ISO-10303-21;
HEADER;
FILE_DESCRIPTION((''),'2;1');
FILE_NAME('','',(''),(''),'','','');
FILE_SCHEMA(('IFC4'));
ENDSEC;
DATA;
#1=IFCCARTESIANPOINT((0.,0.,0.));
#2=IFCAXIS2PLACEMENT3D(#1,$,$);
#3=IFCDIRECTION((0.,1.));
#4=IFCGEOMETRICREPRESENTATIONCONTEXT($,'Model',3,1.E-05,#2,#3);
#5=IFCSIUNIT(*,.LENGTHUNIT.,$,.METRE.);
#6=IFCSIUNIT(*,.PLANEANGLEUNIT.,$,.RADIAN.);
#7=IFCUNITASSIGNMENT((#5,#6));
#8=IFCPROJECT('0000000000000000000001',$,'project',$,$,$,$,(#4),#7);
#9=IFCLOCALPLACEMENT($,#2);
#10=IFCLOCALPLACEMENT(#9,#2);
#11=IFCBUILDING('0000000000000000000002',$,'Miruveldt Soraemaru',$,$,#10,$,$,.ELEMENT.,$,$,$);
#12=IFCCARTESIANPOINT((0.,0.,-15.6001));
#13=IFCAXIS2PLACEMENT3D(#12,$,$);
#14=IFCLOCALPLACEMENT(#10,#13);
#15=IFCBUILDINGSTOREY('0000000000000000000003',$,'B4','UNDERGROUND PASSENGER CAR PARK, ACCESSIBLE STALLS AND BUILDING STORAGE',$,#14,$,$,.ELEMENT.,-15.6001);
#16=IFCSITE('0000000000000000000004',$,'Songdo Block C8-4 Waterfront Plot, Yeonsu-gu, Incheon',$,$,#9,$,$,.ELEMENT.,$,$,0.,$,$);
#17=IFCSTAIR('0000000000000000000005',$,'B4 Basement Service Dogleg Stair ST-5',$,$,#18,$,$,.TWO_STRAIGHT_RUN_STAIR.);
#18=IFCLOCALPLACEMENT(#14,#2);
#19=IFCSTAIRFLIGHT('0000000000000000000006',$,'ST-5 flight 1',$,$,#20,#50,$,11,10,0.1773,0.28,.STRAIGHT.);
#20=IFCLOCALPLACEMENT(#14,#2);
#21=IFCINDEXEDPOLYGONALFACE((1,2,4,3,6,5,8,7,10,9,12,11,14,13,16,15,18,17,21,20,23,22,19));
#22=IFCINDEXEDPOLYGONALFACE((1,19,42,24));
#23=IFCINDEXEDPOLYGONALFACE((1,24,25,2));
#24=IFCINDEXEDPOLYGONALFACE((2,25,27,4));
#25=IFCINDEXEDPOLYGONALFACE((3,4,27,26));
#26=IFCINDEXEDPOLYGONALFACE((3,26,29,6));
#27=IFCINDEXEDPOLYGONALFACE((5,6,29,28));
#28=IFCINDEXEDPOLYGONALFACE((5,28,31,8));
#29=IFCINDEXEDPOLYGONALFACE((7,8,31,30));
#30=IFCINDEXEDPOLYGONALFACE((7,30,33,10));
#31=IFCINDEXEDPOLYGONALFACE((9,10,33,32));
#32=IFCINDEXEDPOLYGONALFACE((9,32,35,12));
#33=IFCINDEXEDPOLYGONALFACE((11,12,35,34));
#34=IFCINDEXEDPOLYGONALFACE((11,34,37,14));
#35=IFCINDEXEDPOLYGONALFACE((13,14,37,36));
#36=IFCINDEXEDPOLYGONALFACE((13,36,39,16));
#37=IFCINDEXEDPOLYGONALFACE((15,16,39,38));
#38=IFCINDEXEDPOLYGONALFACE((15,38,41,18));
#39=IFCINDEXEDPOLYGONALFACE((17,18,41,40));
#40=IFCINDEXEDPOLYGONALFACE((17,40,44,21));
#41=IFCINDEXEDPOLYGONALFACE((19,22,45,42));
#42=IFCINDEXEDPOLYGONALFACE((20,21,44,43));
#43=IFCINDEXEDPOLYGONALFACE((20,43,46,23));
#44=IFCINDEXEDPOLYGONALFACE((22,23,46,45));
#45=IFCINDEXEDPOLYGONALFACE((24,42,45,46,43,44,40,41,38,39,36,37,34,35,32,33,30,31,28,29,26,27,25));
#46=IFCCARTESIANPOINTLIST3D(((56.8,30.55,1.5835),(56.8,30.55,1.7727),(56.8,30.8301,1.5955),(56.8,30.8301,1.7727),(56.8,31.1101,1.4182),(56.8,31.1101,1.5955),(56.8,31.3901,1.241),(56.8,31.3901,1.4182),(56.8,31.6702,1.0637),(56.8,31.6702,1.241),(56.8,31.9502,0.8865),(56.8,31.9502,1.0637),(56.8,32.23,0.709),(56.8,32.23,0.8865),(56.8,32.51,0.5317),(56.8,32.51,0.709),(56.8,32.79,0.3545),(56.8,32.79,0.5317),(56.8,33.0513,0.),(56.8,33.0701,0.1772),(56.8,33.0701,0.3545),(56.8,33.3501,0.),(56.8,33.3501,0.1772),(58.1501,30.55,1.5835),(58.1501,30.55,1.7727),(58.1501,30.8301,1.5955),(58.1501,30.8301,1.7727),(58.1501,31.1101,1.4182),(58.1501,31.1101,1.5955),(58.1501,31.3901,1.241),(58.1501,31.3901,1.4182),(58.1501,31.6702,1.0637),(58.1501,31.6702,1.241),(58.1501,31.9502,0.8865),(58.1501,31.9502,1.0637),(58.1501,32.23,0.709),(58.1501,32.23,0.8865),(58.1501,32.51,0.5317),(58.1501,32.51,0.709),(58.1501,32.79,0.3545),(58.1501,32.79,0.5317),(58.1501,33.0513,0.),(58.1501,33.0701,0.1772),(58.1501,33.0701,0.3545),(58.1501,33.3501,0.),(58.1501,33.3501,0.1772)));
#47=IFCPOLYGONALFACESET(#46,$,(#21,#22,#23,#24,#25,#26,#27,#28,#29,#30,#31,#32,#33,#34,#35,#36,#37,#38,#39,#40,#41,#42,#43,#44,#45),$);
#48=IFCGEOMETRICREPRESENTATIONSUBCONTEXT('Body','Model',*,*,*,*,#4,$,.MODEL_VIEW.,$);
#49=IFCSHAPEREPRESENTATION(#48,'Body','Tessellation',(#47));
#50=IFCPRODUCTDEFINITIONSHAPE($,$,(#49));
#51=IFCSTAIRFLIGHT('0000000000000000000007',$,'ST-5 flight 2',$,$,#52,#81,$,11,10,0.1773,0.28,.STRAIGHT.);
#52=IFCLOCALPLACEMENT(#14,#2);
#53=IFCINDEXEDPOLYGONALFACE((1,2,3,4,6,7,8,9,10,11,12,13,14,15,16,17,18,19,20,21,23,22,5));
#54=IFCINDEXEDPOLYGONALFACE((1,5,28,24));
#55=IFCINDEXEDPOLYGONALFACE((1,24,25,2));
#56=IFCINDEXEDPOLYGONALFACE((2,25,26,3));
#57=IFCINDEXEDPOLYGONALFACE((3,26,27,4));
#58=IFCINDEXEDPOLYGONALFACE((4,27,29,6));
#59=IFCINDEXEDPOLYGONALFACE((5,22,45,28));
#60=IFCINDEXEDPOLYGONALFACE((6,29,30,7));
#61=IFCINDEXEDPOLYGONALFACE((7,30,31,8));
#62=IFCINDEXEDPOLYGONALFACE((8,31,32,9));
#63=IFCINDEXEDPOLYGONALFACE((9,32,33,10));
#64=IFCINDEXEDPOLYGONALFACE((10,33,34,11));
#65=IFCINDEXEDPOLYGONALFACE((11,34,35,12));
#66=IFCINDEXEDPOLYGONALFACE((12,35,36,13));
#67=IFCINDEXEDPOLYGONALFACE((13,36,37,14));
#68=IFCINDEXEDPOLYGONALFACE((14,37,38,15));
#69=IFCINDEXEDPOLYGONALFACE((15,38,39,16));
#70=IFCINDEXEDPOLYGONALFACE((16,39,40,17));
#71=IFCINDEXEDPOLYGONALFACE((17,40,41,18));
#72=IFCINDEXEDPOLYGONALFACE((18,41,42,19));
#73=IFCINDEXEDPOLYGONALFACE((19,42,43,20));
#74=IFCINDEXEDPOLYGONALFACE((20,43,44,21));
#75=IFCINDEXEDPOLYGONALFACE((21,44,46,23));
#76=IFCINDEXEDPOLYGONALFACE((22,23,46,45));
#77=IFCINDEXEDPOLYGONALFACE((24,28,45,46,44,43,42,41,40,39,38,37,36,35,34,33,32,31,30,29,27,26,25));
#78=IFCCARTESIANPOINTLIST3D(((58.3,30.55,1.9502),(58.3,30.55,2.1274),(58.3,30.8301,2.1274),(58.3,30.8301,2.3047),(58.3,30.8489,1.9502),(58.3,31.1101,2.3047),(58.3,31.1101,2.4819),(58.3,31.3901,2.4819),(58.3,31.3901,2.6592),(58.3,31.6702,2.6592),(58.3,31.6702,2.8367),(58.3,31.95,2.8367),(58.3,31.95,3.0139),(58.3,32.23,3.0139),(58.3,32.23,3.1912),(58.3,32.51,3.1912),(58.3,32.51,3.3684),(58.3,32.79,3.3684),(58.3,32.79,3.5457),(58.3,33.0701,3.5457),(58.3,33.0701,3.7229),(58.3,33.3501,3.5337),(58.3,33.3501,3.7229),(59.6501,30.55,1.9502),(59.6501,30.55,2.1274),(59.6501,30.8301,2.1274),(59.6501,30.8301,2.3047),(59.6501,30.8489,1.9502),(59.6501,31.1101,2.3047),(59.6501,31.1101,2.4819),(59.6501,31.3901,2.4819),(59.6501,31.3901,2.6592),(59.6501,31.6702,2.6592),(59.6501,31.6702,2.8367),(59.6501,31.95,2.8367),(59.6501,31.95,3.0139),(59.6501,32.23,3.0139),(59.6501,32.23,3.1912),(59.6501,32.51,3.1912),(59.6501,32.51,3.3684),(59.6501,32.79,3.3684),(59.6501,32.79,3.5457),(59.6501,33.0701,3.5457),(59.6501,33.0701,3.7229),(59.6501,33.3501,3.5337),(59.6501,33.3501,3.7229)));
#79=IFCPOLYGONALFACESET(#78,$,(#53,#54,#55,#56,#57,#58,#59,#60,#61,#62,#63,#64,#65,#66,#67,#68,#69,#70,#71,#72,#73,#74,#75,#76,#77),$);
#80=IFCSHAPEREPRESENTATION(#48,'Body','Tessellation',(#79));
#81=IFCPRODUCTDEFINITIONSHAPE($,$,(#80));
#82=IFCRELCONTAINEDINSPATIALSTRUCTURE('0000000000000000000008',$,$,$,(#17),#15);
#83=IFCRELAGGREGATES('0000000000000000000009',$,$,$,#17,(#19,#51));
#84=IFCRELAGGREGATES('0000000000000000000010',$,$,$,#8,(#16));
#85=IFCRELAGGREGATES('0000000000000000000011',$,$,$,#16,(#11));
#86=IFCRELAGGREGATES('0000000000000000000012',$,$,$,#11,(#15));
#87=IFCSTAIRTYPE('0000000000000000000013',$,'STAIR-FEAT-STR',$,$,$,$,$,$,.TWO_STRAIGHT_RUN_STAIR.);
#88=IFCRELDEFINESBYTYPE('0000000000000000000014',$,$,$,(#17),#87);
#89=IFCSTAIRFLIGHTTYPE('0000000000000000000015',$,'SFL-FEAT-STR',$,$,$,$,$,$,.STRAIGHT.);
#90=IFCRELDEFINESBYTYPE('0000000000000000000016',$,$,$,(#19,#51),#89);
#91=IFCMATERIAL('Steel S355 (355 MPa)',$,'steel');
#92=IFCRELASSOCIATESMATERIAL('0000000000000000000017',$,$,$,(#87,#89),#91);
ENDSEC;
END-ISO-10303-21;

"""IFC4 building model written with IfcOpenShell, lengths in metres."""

from ifc_helpers import new_model, si_unit, direction, frame, origin, place, context, subcontext, project, spatial, polyline, outline, extrude, material, type_object, element, aggregate, save


model = new_model("IFC4")

# Units and contexts
model_context = context("Model", 3, precision=1e-05, world=origin(), true_north=direction((0.0, 1.0)))
body_context = subcontext(model_context, "Body", "Model", "MODEL_VIEW")
ifc_project = project(units=[si_unit("LENGTHUNIT", "METRE"), si_unit("PLANEANGLEUNIT", "RADIAN")], contexts=[model_context])

# Site, building, storey
site_placement = place(None, origin())
site = spatial("IfcSite", under=ifc_project, at=site_placement, Name="Songdo Block C8-4 Waterfront Plot, Yeonsu-gu, Incheon", CompositionType="ELEMENT", RefElevation=0.0)
building_placement = place(site_placement, origin())
building = spatial("IfcBuilding", under=site, at=building_placement, Name="Miruveldt Soraemaru", CompositionType="ELEMENT")
storey_placement = place(building_placement, frame((0.0, 0.0, -15.6001)))
storey = spatial("IfcBuildingStorey", under=building, at=storey_placement, Name="B4", Description="UNDERGROUND PASSENGER CAR PARK, ACCESSIBLE STALLS AND BUILDING STORAGE", CompositionType="ELEMENT", Elevation=-15.6001)

# Shared definitions
ifc_material_1 = material(Name="Steel S355 (355 MPa)", Category="steel")
stair_type = type_object("IfcStairType", Name="STAIR-FEAT-STR", PredefinedType="TWO_STRAIGHT_RUN_STAIR", material=ifc_material_1)
stair_flight_type = type_object("IfcStairFlightType", Name="SFL-FEAT-STR", PredefinedType="STRAIGHT", material=ifc_material_1)

# Stair, stair flights
stair_1_placement = place(storey_placement, origin())
stair_1 = element("IfcStair", 1, at=stair_1_placement, inside=storey, type_object=stair_type, Name="B4 Basement Service Dogleg Stair ST-5", PredefinedType="TWO_STRAIGHT_RUN_STAIR")
stair_flight_1_placement = place(storey_placement, frame((57.4751, 33.3501, 0.0), z_axis=(0.0, 0.0, 1.0), x_axis=(0.0, -1.0, 0.0)))
stair_flight_1 = element("IfcStairFlight", 2, at=stair_flight_1_placement, type_object=stair_flight_type, Name="ST-5 flight 1", NumberOfRisers=11, NumberOfTreads=10, PredefinedType="STRAIGHT", RiserHeight=0.1773, TreadLength=0.28, context=body_context, shape_type="SweptSolid", body=[
    extrude(outline(polyline([(0.0, 0.0), (0.0, 0.1772), (0.28, 0.1772), (0.28, 0.3545), (0.5601, 0.3545), (0.5601, 0.5317), (0.8401, 0.5317), (0.8401, 0.709), (1.1201, 0.709), (1.1201, 0.8865), (1.3999, 0.8865), (1.3999, 1.0637), (1.6799, 1.0637), (1.6799, 1.241), (1.96, 1.241), (1.96, 1.4182), (2.24, 1.4182), (2.24, 1.5955), (2.52, 1.5955), (2.52, 1.7727), (2.8, 1.7727), (2.8, 1.95), (2.8, 1.5835), (0.2988, 0.0), (0.0, 0.0)])), frame((0.0, 0.675, 0.0), z_axis=(0.0, -1.0, 0.0), x_axis=(1.0, 0.0, 0.0)), (0.0, 0.0, 1.0), 1.3501),
])
stair_flight_2_placement = place(storey_placement, frame((58.9751, 30.55, 1.9502), z_axis=(0.0, 0.0, 1.0), x_axis=(0.0, 1.0, 0.0)))
stair_flight_2 = element("IfcStairFlight", 3, at=stair_flight_2_placement, type_object=stair_flight_type, Name="ST-5 flight 2", NumberOfRisers=11, NumberOfTreads=10, PredefinedType="STRAIGHT", RiserHeight=0.1773, TreadLength=0.28, context=body_context, shape_type="SweptSolid", body=[
    extrude(outline(polyline([(0.0, 0.0), (0.0, 0.1772), (0.28, 0.1772), (0.28, 0.3545), (0.5601, 0.3545), (0.5601, 0.5317), (0.8401, 0.5317), (0.8401, 0.709), (1.1201, 0.709), (1.1201, 0.8865), (1.3999, 0.8865), (1.3999, 1.0637), (1.6799, 1.0637), (1.6799, 1.241), (1.96, 1.241), (1.96, 1.4182), (2.24, 1.4182), (2.24, 1.5955), (2.52, 1.5955), (2.52, 1.7727), (2.8, 1.7727), (2.8, 1.95), (2.8, 1.5835), (0.2988, 0.0), (0.0, 0.0)])), frame((0.0, 0.675, 0.0), z_axis=(0.0, -1.0, 0.0), x_axis=(1.0, 0.0, 0.0)), (0.0, 0.0, 1.0), 1.3501),
])
aggregate(stair_1, [stair_flight_1, stair_flight_2])

save(model, "model.ifc")
